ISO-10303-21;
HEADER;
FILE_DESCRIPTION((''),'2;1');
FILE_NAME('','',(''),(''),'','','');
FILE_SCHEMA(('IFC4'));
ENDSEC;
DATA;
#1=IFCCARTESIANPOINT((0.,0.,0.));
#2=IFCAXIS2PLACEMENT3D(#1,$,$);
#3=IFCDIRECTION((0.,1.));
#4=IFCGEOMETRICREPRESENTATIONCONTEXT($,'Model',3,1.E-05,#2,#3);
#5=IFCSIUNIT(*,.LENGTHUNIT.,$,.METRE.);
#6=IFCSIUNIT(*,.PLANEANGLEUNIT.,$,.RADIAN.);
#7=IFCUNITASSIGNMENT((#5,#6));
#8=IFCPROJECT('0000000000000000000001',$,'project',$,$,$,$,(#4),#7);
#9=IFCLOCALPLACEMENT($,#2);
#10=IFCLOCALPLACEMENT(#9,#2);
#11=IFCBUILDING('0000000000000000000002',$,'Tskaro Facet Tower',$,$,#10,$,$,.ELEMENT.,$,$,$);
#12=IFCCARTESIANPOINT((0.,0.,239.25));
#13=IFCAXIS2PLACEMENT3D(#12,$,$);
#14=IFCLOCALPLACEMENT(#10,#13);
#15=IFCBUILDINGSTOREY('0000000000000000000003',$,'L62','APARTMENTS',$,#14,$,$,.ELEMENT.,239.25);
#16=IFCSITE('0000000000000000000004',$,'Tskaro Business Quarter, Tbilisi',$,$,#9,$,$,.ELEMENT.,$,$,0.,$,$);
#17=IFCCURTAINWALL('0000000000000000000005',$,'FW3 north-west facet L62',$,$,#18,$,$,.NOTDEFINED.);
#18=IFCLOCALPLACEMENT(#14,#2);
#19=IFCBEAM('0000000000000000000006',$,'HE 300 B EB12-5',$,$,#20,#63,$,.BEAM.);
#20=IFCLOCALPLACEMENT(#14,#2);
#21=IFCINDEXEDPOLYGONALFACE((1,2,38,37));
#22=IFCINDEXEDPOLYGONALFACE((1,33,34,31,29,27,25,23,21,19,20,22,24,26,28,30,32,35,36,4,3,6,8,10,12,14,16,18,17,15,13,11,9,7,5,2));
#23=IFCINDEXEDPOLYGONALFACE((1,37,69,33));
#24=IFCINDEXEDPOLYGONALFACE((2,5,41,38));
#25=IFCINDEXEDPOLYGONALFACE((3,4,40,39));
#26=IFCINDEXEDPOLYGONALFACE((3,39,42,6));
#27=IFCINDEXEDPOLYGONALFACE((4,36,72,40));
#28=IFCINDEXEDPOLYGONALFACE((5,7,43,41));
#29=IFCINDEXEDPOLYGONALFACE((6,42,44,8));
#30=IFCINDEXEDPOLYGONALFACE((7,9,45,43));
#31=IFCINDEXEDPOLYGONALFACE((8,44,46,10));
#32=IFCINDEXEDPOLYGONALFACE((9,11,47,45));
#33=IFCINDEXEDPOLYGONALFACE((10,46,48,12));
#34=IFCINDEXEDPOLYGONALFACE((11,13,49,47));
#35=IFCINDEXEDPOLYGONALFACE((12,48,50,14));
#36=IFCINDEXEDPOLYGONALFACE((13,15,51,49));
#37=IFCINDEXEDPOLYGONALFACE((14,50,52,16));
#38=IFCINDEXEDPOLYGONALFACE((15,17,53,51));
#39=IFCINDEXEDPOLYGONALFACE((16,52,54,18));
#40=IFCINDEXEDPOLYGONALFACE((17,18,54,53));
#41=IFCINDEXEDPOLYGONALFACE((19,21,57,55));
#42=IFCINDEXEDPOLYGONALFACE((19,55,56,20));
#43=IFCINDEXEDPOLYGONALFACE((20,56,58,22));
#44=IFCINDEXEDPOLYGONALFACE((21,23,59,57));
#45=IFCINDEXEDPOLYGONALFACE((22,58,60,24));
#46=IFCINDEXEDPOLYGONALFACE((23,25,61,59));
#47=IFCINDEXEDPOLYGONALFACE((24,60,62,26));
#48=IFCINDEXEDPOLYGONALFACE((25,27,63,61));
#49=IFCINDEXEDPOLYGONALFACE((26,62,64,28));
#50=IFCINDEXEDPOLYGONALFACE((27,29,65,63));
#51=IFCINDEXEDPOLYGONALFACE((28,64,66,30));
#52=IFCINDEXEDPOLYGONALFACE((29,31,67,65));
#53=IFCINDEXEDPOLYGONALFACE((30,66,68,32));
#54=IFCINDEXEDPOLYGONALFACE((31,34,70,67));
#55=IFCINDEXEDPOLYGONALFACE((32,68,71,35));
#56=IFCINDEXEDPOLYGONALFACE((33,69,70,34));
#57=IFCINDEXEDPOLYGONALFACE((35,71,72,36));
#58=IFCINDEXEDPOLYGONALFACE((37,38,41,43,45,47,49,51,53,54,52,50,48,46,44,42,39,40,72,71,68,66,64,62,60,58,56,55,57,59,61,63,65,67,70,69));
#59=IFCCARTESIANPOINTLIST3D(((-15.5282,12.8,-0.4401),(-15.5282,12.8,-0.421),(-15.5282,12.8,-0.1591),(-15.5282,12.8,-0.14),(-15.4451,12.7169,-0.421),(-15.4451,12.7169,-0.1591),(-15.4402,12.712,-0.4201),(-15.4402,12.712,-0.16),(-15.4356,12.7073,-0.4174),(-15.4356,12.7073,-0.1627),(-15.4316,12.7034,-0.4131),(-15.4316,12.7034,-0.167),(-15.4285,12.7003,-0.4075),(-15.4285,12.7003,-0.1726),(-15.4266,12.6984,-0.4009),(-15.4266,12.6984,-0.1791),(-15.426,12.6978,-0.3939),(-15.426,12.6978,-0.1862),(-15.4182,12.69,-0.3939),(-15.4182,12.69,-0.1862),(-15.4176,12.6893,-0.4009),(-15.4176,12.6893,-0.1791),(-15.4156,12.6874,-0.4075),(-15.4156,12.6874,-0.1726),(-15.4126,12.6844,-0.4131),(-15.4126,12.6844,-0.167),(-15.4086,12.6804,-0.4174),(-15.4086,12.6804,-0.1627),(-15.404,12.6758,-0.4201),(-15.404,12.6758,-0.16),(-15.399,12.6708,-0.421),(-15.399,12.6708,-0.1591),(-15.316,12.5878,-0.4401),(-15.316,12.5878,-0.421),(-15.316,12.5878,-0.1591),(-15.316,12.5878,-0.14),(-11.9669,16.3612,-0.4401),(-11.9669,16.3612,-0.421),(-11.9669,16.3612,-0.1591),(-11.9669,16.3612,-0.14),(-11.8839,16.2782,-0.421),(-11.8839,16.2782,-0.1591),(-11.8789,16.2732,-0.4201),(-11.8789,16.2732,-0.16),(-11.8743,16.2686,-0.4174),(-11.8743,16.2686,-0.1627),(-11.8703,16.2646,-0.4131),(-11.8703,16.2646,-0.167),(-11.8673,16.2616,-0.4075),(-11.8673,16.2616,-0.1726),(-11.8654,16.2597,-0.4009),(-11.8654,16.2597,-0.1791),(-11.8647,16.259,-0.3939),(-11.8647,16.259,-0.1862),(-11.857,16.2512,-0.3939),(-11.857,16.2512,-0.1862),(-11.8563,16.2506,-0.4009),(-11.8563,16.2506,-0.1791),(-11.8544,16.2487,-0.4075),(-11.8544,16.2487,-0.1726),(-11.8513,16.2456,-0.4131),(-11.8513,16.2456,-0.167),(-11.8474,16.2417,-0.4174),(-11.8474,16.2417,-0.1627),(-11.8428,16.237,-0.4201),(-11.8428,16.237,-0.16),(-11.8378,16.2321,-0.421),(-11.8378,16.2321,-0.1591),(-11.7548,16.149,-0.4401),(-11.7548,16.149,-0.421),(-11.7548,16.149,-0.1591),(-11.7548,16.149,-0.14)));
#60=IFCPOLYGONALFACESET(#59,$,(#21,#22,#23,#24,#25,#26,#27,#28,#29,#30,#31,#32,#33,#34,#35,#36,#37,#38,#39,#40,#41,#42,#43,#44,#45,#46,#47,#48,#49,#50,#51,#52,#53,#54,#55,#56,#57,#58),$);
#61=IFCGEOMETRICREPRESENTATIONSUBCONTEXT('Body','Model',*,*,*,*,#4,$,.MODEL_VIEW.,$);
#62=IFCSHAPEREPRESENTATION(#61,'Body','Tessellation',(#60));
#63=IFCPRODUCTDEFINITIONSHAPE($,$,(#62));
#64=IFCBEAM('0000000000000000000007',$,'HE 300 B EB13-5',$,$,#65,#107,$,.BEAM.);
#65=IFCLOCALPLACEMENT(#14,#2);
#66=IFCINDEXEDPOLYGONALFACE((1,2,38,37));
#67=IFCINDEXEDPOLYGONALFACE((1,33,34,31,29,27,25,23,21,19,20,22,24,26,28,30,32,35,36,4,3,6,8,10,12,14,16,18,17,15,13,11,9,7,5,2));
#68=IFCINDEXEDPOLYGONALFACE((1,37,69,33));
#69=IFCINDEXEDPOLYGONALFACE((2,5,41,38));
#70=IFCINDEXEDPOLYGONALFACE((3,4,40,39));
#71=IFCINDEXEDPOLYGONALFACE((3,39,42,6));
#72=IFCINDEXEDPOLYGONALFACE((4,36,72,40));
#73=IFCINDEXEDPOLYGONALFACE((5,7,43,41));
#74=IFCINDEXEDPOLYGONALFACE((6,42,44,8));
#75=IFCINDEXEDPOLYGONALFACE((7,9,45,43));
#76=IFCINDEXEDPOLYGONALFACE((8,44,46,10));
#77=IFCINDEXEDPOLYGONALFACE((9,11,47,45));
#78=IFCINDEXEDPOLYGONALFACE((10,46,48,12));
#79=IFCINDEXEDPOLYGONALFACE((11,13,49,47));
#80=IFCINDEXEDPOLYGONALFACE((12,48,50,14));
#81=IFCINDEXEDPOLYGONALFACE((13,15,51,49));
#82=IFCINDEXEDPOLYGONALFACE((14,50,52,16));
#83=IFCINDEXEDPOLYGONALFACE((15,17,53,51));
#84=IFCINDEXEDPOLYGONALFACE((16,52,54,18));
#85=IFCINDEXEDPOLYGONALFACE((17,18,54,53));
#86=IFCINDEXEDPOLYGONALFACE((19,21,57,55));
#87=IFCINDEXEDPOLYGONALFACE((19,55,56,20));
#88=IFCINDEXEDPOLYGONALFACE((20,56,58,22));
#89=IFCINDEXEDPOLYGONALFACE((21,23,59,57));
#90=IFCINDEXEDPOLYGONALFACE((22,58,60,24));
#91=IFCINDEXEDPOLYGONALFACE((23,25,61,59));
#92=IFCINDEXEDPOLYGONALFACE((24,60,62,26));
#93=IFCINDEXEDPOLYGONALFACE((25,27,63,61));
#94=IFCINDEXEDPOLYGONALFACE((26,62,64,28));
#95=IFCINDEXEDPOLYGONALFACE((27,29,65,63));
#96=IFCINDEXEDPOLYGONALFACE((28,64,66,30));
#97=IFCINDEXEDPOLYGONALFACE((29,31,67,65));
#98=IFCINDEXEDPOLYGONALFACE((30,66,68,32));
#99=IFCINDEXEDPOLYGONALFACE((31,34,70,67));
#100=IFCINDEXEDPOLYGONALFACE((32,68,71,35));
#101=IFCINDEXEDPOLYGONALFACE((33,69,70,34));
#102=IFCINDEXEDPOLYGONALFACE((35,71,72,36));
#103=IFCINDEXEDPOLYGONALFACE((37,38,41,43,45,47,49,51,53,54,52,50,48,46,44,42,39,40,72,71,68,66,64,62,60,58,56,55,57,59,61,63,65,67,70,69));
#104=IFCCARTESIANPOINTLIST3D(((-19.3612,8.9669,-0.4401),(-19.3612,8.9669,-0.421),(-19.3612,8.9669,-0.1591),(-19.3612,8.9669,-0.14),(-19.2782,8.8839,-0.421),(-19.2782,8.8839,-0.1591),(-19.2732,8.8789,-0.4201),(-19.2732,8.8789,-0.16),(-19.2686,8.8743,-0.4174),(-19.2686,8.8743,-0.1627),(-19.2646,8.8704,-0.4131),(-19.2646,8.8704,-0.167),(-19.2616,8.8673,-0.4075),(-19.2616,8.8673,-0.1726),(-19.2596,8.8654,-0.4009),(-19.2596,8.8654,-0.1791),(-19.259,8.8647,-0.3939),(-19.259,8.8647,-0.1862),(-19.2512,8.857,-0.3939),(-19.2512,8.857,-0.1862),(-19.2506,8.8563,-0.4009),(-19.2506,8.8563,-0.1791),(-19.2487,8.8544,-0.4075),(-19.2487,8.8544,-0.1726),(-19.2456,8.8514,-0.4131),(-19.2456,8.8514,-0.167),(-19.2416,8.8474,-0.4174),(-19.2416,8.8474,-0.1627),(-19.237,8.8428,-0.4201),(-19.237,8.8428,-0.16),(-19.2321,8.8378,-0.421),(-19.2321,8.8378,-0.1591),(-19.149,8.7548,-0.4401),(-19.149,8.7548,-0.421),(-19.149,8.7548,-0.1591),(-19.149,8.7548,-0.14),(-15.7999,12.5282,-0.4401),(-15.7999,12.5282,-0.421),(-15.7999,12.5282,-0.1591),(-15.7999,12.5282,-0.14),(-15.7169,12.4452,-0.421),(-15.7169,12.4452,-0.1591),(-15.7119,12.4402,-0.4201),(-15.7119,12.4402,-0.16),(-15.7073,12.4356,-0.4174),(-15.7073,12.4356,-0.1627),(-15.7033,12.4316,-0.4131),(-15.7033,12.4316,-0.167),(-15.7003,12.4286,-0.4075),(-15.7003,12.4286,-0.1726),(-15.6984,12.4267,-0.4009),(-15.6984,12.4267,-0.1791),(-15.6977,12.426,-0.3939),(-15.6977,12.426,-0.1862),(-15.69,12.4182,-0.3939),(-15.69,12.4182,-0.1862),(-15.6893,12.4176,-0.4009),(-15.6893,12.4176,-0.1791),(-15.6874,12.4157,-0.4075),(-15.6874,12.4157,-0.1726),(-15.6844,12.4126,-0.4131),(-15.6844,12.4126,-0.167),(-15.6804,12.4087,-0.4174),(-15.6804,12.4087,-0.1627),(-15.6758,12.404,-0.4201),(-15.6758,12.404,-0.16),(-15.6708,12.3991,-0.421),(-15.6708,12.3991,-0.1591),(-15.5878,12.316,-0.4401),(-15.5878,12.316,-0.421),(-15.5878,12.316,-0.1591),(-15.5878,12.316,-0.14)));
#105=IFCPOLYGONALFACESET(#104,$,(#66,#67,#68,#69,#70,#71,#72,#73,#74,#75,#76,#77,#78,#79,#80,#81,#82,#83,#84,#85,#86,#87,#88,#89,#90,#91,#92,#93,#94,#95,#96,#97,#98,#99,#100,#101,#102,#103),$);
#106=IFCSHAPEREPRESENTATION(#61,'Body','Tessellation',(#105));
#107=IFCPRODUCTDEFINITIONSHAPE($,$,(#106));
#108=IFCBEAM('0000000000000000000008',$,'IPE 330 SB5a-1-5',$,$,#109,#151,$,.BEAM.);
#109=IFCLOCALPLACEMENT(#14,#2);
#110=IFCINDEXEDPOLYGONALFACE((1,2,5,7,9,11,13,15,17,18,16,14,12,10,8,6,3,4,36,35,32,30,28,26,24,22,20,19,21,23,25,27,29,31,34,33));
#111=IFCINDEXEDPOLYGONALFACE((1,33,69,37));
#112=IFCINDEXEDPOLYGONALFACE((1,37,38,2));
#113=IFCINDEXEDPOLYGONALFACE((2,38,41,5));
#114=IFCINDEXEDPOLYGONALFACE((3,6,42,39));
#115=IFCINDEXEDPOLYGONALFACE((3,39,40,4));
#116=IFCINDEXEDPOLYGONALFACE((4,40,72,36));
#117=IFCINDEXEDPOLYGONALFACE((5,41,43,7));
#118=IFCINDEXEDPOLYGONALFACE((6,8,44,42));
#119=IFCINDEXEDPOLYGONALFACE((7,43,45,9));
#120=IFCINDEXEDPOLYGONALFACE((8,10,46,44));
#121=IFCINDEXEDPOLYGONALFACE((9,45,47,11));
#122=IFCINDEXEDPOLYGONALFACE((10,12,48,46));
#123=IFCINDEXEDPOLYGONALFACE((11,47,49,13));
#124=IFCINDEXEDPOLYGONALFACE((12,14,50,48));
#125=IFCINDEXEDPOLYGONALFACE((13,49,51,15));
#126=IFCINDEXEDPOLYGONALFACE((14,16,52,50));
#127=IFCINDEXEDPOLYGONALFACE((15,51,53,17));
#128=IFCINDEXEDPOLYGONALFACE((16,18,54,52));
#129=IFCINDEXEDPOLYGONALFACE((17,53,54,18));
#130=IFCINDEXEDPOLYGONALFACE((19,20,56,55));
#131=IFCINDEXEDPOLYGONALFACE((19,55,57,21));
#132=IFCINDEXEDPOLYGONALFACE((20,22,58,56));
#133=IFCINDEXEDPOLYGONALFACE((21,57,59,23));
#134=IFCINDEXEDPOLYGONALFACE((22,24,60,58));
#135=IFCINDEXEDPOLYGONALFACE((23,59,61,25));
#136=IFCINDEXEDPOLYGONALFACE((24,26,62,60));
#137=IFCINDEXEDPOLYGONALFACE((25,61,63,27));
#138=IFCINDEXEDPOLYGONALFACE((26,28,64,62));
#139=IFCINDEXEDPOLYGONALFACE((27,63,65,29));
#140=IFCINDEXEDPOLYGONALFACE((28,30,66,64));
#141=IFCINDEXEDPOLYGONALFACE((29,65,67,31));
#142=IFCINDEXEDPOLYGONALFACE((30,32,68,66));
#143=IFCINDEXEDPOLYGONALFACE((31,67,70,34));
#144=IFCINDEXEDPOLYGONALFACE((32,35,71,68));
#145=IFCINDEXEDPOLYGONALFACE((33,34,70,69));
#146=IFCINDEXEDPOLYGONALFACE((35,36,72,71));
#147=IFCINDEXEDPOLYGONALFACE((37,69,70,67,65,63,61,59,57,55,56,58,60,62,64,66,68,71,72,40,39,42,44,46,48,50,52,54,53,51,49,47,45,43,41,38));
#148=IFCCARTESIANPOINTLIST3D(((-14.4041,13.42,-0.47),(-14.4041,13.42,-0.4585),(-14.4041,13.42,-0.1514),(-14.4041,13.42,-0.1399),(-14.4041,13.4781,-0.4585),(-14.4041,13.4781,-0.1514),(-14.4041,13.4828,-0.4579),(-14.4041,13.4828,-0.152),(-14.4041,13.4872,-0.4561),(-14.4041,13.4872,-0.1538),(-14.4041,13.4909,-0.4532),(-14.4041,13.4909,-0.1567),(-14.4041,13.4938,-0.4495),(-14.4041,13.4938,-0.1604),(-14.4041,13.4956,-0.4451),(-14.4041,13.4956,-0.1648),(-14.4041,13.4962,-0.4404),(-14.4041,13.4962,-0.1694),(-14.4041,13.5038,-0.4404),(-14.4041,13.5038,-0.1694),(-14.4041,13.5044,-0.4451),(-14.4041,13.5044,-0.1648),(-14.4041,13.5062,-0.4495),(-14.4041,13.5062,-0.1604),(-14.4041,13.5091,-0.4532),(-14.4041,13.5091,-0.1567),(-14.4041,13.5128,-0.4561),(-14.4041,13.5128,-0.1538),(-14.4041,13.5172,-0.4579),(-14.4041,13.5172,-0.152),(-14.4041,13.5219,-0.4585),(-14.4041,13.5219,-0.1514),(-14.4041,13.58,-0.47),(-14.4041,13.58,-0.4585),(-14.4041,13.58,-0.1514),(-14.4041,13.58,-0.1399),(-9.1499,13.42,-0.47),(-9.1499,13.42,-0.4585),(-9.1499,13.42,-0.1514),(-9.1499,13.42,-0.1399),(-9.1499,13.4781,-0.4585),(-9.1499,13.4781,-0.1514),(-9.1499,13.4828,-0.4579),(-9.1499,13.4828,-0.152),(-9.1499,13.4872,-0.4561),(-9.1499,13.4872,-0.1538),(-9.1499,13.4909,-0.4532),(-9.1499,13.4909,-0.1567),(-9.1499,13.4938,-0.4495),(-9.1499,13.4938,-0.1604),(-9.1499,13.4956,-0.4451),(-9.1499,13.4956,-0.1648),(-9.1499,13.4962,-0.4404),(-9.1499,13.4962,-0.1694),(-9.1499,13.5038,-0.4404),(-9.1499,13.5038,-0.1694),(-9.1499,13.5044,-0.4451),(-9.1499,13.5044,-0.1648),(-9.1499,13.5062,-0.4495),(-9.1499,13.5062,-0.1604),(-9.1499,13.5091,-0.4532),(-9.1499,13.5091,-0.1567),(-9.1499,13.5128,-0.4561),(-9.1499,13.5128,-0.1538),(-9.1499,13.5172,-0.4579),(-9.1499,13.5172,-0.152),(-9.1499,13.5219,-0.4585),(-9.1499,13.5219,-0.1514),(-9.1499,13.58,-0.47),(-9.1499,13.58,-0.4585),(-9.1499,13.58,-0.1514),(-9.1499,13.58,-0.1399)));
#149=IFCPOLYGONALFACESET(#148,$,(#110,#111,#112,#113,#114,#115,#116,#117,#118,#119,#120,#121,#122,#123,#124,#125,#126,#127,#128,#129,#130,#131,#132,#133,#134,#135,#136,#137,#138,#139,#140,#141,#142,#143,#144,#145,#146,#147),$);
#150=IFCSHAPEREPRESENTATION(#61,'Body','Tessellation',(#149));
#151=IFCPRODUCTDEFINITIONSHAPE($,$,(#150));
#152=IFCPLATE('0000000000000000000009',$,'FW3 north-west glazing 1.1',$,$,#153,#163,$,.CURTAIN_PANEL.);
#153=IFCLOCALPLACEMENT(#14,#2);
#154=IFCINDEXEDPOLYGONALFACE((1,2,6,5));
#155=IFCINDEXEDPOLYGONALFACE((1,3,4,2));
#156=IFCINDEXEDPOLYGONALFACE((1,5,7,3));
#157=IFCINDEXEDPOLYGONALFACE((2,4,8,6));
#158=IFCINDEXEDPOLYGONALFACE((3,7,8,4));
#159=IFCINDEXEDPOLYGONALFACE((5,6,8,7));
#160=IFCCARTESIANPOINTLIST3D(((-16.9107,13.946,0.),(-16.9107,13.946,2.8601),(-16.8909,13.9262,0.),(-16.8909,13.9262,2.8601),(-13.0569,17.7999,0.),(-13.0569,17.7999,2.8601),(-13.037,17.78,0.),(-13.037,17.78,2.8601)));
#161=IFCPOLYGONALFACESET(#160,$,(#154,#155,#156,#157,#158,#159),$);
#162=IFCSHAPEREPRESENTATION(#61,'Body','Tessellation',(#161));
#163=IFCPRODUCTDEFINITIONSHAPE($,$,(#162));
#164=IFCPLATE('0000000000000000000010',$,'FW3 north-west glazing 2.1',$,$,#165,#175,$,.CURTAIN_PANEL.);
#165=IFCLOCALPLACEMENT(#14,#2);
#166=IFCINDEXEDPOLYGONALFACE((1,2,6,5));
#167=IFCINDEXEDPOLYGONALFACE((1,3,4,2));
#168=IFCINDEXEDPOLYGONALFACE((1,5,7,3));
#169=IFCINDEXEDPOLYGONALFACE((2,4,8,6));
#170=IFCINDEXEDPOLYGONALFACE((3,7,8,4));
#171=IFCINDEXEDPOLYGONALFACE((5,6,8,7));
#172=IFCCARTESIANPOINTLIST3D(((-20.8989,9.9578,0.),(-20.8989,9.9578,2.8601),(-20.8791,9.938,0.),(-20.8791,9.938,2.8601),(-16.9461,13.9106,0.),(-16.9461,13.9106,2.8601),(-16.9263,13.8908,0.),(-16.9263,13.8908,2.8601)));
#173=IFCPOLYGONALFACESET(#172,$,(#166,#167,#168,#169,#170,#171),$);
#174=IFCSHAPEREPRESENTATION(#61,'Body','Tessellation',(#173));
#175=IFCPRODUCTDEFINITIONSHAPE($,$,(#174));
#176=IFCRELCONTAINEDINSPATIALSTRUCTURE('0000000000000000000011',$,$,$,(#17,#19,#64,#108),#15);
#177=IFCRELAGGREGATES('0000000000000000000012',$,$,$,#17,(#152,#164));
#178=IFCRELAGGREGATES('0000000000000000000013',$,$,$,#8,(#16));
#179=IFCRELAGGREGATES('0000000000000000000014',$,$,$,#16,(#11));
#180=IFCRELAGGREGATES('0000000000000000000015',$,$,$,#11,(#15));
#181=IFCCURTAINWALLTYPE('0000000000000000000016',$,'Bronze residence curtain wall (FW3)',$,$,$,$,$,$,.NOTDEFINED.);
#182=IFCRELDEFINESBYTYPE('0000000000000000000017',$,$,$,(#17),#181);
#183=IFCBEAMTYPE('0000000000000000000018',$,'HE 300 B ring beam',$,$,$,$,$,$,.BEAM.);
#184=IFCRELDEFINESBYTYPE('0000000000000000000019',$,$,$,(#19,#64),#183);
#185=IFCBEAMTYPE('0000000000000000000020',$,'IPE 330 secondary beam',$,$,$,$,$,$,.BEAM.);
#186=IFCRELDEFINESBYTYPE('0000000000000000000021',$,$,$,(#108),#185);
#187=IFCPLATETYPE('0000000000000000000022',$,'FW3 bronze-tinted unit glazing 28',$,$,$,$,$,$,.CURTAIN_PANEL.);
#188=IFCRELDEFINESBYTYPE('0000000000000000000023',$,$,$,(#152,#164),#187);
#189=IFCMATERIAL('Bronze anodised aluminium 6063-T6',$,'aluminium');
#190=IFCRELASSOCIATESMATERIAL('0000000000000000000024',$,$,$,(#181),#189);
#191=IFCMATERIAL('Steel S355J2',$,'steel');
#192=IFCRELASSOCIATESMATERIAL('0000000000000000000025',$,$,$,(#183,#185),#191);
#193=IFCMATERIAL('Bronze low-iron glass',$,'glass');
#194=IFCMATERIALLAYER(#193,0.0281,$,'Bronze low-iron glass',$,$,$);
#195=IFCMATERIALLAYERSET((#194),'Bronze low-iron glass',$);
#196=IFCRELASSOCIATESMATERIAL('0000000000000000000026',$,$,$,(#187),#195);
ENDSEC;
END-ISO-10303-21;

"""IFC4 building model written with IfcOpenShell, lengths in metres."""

from ifc_helpers import new_model, si_unit, direction, frame, origin, origin_2d, place, context, subcontext, project, spatial, rectangle, i_section, extrude, material, layer, layer_set, material_profile, profile_set, type_object, element, aggregate, save


model = new_model("IFC4")

# Units and contexts
model_context = context("Model", 3, precision=1e-05, world=origin(), true_north=direction((0.0, 1.0)))
body_context = subcontext(model_context, "Body", "Model", "MODEL_VIEW")
ifc_project = project(units=[si_unit("LENGTHUNIT", "METRE"), si_unit("PLANEANGLEUNIT", "RADIAN")], contexts=[model_context])

# Site, building, storey
site_placement = place(None, origin())
site = spatial("IfcSite", under=ifc_project, at=site_placement, Name="Tskaro Business Quarter, Tbilisi", CompositionType="ELEMENT", RefElevation=0.0)
building_placement = place(site_placement, origin())
building = spatial("IfcBuilding", under=site, at=building_placement, Name="Tskaro Facet Tower", CompositionType="ELEMENT")
storey_placement = place(building_placement, frame((0.0, 0.0, 239.25)))
storey = spatial("IfcBuildingStorey", under=building, at=storey_placement, Name="L62", Description="APARTMENTS", CompositionType="ELEMENT", Elevation=239.25)

# Shared definitions
ifc_material_1 = material(Name="Steel S355J2", Category="steel")

# Curtain wall
ifc_material_2 = material(Name="Bronze anodised aluminium 6063-T6", Category="aluminium")
curtain_wall_type = type_object("IfcCurtainWallType", Name="Bronze residence curtain wall (FW3)", PredefinedType="NOTDEFINED", material=ifc_material_2)
curtain_wall_1_placement = place(storey_placement, origin())
curtain_wall_1 = element("IfcCurtainWall", 1, at=curtain_wall_1_placement, inside=storey, type_object=curtain_wall_type, Name="FW3 north-west facet L62", PredefinedType="NOTDEFINED")

# Beams
ifc_material_profile_1 = material_profile(ifc_material_1, i_section(OverallWidth=0.3, OverallDepth=0.3, WebThickness=0.011, FlangeThickness=0.019, FilletRadius=0.0271, at=origin_2d()), Name="HE 300 B")
ifc_profile_set_1 = profile_set([ifc_material_profile_1], Name="Steel S355J2")
beam_type_1 = type_object("IfcBeamType", Name="HE 300 B ring beam", PredefinedType="BEAM", material=ifc_profile_set_1)
for number, where, z_axis, x_axis, name in (
    (2, (-11.8608, 16.2551, -0.29), (-0.707107, -0.707107, 0.0), (0.707107, -0.707107, 0.0), "HE 300 B EB12-5"),
    (3, (-15.6938, 12.4221, -0.29), (-0.707107, -0.707107, 0.0), (0.707107, -0.707107, 0.0), "HE 300 B EB13-5"),
):
    element("IfcBeam", number, at=place(storey_placement, frame(where, z_axis=z_axis, x_axis=x_axis)), inside=storey, type_object=beam_type_1, Name=name, PredefinedType="BEAM", context=body_context, shape_type="SweptSolid", body=[
        extrude(i_section(OverallWidth=0.3, OverallDepth=0.3, WebThickness=0.011, FlangeThickness=0.019, FilletRadius=0.0271, at=origin_2d()), origin(), (0.0, 0.0, 1.0), 5.0364),
    ])
ifc_material_profile_2 = material_profile(ifc_material_1, i_section(OverallWidth=0.1599, OverallDepth=0.3301, WebThickness=0.0076, FlangeThickness=0.0115, FilletRadius=0.0181, at=origin_2d()), Name="IPE 330")
ifc_profile_set_2 = profile_set([ifc_material_profile_2], Name="Steel S355J2")
beam_type_2 = type_object("IfcBeamType", Name="IPE 330 secondary beam", PredefinedType="BEAM", material=ifc_profile_set_2)
beam_placement = place(storey_placement, frame((-14.4041, 13.5, -0.3049), z_axis=(1.0, 0.0, 0.0), x_axis=(0.0, 1.0, 0.0)))
element("IfcBeam", 4, at=beam_placement, inside=storey, type_object=beam_type_2, Name="IPE 330 SB5a-1-5", PredefinedType="BEAM", context=body_context, shape_type="SweptSolid", body=[
    extrude(i_section(OverallWidth=0.1599, OverallDepth=0.3301, WebThickness=0.0076, FlangeThickness=0.0115, FilletRadius=0.0181, at=origin_2d()), origin(), (0.0, 0.0, 1.0), 5.2542),
])

# Plates
ifc_material_3 = material(Name="Bronze low-iron glass", Category="glass")
ifc_layer_1 = layer(ifc_material_3, 0.0281, Name="Bronze low-iron glass")
ifc_layer_set_1 = layer_set([ifc_layer_1], Name="Bronze low-iron glass")
plate_type = type_object("IfcPlateType", Name="FW3 bronze-tinted unit glazing 28", PredefinedType="CURTAIN_PANEL", material=ifc_layer_set_1)
plate_1_placement = place(storey_placement, frame((-14.9739, 15.863, 0.0), z_axis=(0.0, 0.0, 1.0), x_axis=(-0.707107, -0.707107, 0.0)))
plate_1 = element("IfcPlate", 5, at=plate_1_placement, type_object=plate_type, Name="FW3 north-west glazing 1.1", PredefinedType="CURTAIN_PANEL", context=body_context, shape_type="SweptSolid", body=[
    extrude(rectangle(XDim=5.4502, YDim=0.0281, at=origin_2d()), origin(), (0.0, 0.0, 1.0), 2.8601),
])
plate_2_placement = place(storey_placement, frame((-18.9126, 11.9243, 0.0), z_axis=(0.0, 0.0, 1.0), x_axis=(-0.707107, -0.707107, 0.0)))
plate_2 = element("IfcPlate", 6, at=plate_2_placement, type_object=plate_type, Name="FW3 north-west glazing 2.1", PredefinedType="CURTAIN_PANEL", context=body_context, shape_type="SweptSolid", body=[
    extrude(rectangle(XDim=5.5901, YDim=0.0281, at=origin_2d()), origin(), (0.0, 0.0, 1.0), 2.8601),
])
aggregate(curtain_wall_1, [plate_1, plate_2])

save(model, "model.ifc")
